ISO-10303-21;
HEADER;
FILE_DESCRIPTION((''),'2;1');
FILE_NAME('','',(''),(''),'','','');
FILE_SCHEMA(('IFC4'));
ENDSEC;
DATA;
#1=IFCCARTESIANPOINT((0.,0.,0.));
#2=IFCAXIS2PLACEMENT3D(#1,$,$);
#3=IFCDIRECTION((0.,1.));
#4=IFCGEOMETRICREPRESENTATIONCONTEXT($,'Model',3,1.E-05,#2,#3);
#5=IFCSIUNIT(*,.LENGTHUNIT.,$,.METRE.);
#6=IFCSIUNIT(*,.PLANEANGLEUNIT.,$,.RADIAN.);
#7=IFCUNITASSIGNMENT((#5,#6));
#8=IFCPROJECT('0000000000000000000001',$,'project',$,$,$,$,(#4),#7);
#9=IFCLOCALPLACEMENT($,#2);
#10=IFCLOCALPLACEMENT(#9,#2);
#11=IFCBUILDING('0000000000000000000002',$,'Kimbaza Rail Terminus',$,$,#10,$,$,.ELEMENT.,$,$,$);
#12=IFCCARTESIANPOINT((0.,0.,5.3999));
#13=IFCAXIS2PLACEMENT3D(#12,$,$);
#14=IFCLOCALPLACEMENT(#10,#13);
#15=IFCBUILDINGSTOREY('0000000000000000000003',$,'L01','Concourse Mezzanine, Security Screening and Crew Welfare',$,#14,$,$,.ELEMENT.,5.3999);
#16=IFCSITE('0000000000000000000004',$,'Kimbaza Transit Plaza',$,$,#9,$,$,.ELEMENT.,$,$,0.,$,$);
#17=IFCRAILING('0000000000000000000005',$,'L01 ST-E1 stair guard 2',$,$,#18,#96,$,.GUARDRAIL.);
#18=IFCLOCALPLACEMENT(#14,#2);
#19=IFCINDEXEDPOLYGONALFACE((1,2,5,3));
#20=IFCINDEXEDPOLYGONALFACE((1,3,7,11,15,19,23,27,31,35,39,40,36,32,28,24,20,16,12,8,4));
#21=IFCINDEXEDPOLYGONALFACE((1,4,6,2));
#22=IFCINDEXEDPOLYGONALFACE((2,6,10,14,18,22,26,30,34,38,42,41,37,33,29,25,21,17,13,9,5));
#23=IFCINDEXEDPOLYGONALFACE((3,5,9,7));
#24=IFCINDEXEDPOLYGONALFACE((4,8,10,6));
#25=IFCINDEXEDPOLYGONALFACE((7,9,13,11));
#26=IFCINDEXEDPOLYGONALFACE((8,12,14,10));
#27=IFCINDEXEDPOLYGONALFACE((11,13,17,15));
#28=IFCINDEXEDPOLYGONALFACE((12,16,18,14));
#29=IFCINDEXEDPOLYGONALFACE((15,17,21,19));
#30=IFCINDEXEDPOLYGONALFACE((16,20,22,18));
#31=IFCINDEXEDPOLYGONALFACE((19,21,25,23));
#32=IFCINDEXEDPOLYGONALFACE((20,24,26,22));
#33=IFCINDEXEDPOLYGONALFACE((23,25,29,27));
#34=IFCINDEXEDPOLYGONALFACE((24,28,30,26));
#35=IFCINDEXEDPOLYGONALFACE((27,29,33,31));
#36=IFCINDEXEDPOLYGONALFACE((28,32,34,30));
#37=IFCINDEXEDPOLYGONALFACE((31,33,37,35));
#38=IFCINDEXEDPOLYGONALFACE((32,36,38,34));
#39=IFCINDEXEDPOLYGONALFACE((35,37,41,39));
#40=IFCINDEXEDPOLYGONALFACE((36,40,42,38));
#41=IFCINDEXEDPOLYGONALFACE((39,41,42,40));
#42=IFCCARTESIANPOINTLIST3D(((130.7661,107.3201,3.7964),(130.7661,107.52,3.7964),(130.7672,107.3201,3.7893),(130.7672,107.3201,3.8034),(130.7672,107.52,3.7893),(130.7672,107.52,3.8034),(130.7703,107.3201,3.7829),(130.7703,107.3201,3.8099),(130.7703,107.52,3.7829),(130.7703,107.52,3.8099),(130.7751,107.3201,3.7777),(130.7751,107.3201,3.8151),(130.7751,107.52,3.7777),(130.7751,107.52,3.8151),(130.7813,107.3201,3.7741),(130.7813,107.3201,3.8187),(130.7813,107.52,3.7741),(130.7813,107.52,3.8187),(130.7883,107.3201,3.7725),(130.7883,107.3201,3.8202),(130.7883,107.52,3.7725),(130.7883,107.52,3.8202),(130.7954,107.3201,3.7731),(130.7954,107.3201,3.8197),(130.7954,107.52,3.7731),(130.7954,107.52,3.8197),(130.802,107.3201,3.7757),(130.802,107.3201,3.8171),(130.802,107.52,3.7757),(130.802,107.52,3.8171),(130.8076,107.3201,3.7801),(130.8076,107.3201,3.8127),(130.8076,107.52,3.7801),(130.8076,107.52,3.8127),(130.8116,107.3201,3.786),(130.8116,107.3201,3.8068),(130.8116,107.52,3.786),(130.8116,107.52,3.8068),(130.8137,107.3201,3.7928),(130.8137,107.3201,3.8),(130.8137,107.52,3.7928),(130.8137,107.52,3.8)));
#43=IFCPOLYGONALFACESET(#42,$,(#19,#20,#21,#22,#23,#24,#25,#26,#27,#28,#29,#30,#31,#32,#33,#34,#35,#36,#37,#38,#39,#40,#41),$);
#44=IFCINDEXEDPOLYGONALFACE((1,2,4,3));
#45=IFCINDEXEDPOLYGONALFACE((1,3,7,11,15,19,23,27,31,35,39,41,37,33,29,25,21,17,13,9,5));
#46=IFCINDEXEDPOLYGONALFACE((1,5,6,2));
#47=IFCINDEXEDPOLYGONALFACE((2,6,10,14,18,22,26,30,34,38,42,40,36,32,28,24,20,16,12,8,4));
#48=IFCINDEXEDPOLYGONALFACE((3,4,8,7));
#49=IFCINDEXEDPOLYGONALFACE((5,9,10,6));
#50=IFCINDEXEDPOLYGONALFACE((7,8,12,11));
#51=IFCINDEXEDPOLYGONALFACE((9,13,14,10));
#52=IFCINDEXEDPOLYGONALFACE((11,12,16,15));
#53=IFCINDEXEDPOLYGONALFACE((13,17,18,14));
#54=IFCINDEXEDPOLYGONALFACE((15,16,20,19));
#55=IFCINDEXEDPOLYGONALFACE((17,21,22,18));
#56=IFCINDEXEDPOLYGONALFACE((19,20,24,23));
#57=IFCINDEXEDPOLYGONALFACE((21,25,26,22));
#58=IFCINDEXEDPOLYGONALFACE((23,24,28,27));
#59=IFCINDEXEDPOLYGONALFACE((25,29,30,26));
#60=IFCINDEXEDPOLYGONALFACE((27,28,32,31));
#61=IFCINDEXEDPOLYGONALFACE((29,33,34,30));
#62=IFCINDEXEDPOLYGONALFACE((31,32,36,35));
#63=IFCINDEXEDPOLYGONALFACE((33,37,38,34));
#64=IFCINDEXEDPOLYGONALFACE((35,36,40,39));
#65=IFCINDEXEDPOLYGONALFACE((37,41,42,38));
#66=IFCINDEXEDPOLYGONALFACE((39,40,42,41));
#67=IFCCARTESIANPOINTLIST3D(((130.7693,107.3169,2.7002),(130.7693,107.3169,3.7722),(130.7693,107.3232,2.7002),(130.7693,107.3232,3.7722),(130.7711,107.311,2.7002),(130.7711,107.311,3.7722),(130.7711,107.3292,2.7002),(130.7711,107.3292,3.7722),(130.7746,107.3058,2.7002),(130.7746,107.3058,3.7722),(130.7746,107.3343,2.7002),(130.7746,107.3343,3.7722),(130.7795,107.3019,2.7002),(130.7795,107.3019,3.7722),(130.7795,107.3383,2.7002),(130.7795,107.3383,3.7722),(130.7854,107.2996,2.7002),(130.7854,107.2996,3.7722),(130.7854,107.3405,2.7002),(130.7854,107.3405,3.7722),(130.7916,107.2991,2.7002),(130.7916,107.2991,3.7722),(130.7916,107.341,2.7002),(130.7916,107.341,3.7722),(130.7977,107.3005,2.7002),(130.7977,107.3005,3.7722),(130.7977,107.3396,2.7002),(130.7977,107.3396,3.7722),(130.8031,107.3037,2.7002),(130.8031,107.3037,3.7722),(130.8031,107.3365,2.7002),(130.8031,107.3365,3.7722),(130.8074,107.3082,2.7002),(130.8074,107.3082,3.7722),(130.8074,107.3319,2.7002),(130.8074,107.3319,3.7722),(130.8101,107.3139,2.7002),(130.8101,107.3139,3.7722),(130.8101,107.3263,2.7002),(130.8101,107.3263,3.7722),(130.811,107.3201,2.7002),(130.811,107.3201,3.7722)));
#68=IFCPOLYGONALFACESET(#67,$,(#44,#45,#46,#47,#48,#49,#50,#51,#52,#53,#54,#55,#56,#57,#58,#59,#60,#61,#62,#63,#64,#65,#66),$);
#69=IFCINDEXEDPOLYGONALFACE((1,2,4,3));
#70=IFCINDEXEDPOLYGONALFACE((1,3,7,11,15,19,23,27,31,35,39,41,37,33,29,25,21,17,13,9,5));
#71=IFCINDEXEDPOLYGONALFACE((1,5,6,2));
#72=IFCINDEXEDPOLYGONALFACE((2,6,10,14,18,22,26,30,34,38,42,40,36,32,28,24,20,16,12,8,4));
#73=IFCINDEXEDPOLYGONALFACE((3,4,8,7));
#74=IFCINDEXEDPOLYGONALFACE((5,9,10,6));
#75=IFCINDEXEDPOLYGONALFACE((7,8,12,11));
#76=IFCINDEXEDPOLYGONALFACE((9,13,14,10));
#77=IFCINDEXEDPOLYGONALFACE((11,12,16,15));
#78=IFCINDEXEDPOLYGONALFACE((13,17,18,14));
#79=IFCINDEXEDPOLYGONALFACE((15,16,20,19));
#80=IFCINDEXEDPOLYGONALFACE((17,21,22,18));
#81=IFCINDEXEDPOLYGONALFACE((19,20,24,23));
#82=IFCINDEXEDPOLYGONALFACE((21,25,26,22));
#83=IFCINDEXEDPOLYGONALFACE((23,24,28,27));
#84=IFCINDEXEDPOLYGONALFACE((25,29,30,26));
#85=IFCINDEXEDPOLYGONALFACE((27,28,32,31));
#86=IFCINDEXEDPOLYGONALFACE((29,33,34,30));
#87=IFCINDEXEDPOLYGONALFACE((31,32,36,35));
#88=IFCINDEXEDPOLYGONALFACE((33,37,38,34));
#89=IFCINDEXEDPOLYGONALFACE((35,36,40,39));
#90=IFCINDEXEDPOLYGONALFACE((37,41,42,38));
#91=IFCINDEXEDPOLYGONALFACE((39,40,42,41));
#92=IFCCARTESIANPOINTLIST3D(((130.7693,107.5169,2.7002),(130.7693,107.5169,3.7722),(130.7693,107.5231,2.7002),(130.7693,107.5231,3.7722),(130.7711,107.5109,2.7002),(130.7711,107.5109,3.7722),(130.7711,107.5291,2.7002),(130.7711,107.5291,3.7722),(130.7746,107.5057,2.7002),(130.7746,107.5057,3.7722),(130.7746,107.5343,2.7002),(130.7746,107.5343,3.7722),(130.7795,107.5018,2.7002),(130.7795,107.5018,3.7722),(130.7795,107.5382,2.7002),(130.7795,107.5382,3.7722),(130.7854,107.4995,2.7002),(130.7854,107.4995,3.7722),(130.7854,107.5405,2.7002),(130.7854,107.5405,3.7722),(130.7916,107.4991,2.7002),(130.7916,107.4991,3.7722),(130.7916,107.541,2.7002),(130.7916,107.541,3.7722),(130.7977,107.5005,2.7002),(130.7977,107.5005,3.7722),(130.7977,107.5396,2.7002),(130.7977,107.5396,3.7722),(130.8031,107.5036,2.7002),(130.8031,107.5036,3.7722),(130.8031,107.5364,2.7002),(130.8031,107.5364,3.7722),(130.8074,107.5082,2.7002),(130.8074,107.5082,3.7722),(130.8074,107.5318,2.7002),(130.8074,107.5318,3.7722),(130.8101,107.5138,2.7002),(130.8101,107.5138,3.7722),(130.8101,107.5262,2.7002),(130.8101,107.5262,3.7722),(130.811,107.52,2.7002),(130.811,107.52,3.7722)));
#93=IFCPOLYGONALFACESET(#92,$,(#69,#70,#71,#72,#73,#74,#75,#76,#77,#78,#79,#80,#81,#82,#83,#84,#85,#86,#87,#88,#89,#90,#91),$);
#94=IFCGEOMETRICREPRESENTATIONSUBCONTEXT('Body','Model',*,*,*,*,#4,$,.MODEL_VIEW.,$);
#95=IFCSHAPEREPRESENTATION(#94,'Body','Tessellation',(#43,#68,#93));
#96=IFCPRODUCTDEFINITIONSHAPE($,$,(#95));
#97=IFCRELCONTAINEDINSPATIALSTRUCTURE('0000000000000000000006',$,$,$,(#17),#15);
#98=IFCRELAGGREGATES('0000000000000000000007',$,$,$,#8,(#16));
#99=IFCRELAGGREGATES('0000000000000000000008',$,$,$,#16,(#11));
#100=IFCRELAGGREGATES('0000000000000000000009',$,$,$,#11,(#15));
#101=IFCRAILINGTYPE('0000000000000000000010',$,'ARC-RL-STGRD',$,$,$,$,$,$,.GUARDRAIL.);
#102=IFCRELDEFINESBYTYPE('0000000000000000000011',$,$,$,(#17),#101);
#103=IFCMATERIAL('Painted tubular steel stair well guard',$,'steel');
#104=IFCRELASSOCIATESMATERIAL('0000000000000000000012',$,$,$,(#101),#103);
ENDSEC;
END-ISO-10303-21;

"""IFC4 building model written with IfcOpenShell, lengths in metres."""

from ifc_helpers import new_model, si_unit, direction, frame, origin, origin_2d, place, context, subcontext, project, spatial, circle, extrude, material, type_object, element, save


model = new_model("IFC4")

# Units and contexts
model_context = context("Model", 3, precision=1e-05, world=origin(), true_north=direction((0.0, 1.0)))
body_context = subcontext(model_context, "Body", "Model", "MODEL_VIEW")
ifc_project = project(units=[si_unit("LENGTHUNIT", "METRE"), si_unit("PLANEANGLEUNIT", "RADIAN")], contexts=[model_context])

# Site, building, storey
site_placement = place(None, origin())
site = spatial("IfcSite", under=ifc_project, at=site_placement, Name="Kimbaza Transit Plaza", CompositionType="ELEMENT", RefElevation=0.0)
building_placement = place(site_placement, origin())
building = spatial("IfcBuilding", under=site, at=building_placement, Name="Kimbaza Rail Terminus", CompositionType="ELEMENT")
storey_placement = place(building_placement, frame((0.0, 0.0, 5.3999)))
storey = spatial("IfcBuildingStorey", under=building, at=storey_placement, Name="L01", Description="Concourse Mezzanine, Security Screening and Crew Welfare", CompositionType="ELEMENT", Elevation=5.3999)

# Railing
ifc_material_1 = material(Name="Painted tubular steel stair well guard", Category="steel")
railing_type_1 = type_object("IfcRailingType", Name="ARC-RL-STGRD", PredefinedType="GUARDRAIL", material=ifc_material_1)
railing_1_placement = place(storey_placement, frame((130.79, 107.3201, 2.7002)))
element("IfcRailing", 1, at=railing_1_placement, inside=storey, type_object=railing_type_1, Name="L01 ST-E1 stair guard 2", PredefinedType="GUARDRAIL", context=body_context, shape_type="SweptSolid", body=[
    extrude(circle(Radius=0.0239, at=origin_2d()), frame((0.0, 0.0, 1.0962), z_axis=(0.0, 1.0, 0.0), x_axis=(-1.0, 0.0, 0.0)), (0.0, 0.0, 1.0), 0.2),
    extrude(circle(Radius=0.021, at=origin_2d()), origin(), (0.0, 0.0, 1.0), 1.072),
    extrude(circle(Radius=0.021, at=origin_2d()), frame((0.0, 0.2, 0.0)), (0.0, 0.0, 1.0), 1.072),
])

save(model, "model.ifc")
